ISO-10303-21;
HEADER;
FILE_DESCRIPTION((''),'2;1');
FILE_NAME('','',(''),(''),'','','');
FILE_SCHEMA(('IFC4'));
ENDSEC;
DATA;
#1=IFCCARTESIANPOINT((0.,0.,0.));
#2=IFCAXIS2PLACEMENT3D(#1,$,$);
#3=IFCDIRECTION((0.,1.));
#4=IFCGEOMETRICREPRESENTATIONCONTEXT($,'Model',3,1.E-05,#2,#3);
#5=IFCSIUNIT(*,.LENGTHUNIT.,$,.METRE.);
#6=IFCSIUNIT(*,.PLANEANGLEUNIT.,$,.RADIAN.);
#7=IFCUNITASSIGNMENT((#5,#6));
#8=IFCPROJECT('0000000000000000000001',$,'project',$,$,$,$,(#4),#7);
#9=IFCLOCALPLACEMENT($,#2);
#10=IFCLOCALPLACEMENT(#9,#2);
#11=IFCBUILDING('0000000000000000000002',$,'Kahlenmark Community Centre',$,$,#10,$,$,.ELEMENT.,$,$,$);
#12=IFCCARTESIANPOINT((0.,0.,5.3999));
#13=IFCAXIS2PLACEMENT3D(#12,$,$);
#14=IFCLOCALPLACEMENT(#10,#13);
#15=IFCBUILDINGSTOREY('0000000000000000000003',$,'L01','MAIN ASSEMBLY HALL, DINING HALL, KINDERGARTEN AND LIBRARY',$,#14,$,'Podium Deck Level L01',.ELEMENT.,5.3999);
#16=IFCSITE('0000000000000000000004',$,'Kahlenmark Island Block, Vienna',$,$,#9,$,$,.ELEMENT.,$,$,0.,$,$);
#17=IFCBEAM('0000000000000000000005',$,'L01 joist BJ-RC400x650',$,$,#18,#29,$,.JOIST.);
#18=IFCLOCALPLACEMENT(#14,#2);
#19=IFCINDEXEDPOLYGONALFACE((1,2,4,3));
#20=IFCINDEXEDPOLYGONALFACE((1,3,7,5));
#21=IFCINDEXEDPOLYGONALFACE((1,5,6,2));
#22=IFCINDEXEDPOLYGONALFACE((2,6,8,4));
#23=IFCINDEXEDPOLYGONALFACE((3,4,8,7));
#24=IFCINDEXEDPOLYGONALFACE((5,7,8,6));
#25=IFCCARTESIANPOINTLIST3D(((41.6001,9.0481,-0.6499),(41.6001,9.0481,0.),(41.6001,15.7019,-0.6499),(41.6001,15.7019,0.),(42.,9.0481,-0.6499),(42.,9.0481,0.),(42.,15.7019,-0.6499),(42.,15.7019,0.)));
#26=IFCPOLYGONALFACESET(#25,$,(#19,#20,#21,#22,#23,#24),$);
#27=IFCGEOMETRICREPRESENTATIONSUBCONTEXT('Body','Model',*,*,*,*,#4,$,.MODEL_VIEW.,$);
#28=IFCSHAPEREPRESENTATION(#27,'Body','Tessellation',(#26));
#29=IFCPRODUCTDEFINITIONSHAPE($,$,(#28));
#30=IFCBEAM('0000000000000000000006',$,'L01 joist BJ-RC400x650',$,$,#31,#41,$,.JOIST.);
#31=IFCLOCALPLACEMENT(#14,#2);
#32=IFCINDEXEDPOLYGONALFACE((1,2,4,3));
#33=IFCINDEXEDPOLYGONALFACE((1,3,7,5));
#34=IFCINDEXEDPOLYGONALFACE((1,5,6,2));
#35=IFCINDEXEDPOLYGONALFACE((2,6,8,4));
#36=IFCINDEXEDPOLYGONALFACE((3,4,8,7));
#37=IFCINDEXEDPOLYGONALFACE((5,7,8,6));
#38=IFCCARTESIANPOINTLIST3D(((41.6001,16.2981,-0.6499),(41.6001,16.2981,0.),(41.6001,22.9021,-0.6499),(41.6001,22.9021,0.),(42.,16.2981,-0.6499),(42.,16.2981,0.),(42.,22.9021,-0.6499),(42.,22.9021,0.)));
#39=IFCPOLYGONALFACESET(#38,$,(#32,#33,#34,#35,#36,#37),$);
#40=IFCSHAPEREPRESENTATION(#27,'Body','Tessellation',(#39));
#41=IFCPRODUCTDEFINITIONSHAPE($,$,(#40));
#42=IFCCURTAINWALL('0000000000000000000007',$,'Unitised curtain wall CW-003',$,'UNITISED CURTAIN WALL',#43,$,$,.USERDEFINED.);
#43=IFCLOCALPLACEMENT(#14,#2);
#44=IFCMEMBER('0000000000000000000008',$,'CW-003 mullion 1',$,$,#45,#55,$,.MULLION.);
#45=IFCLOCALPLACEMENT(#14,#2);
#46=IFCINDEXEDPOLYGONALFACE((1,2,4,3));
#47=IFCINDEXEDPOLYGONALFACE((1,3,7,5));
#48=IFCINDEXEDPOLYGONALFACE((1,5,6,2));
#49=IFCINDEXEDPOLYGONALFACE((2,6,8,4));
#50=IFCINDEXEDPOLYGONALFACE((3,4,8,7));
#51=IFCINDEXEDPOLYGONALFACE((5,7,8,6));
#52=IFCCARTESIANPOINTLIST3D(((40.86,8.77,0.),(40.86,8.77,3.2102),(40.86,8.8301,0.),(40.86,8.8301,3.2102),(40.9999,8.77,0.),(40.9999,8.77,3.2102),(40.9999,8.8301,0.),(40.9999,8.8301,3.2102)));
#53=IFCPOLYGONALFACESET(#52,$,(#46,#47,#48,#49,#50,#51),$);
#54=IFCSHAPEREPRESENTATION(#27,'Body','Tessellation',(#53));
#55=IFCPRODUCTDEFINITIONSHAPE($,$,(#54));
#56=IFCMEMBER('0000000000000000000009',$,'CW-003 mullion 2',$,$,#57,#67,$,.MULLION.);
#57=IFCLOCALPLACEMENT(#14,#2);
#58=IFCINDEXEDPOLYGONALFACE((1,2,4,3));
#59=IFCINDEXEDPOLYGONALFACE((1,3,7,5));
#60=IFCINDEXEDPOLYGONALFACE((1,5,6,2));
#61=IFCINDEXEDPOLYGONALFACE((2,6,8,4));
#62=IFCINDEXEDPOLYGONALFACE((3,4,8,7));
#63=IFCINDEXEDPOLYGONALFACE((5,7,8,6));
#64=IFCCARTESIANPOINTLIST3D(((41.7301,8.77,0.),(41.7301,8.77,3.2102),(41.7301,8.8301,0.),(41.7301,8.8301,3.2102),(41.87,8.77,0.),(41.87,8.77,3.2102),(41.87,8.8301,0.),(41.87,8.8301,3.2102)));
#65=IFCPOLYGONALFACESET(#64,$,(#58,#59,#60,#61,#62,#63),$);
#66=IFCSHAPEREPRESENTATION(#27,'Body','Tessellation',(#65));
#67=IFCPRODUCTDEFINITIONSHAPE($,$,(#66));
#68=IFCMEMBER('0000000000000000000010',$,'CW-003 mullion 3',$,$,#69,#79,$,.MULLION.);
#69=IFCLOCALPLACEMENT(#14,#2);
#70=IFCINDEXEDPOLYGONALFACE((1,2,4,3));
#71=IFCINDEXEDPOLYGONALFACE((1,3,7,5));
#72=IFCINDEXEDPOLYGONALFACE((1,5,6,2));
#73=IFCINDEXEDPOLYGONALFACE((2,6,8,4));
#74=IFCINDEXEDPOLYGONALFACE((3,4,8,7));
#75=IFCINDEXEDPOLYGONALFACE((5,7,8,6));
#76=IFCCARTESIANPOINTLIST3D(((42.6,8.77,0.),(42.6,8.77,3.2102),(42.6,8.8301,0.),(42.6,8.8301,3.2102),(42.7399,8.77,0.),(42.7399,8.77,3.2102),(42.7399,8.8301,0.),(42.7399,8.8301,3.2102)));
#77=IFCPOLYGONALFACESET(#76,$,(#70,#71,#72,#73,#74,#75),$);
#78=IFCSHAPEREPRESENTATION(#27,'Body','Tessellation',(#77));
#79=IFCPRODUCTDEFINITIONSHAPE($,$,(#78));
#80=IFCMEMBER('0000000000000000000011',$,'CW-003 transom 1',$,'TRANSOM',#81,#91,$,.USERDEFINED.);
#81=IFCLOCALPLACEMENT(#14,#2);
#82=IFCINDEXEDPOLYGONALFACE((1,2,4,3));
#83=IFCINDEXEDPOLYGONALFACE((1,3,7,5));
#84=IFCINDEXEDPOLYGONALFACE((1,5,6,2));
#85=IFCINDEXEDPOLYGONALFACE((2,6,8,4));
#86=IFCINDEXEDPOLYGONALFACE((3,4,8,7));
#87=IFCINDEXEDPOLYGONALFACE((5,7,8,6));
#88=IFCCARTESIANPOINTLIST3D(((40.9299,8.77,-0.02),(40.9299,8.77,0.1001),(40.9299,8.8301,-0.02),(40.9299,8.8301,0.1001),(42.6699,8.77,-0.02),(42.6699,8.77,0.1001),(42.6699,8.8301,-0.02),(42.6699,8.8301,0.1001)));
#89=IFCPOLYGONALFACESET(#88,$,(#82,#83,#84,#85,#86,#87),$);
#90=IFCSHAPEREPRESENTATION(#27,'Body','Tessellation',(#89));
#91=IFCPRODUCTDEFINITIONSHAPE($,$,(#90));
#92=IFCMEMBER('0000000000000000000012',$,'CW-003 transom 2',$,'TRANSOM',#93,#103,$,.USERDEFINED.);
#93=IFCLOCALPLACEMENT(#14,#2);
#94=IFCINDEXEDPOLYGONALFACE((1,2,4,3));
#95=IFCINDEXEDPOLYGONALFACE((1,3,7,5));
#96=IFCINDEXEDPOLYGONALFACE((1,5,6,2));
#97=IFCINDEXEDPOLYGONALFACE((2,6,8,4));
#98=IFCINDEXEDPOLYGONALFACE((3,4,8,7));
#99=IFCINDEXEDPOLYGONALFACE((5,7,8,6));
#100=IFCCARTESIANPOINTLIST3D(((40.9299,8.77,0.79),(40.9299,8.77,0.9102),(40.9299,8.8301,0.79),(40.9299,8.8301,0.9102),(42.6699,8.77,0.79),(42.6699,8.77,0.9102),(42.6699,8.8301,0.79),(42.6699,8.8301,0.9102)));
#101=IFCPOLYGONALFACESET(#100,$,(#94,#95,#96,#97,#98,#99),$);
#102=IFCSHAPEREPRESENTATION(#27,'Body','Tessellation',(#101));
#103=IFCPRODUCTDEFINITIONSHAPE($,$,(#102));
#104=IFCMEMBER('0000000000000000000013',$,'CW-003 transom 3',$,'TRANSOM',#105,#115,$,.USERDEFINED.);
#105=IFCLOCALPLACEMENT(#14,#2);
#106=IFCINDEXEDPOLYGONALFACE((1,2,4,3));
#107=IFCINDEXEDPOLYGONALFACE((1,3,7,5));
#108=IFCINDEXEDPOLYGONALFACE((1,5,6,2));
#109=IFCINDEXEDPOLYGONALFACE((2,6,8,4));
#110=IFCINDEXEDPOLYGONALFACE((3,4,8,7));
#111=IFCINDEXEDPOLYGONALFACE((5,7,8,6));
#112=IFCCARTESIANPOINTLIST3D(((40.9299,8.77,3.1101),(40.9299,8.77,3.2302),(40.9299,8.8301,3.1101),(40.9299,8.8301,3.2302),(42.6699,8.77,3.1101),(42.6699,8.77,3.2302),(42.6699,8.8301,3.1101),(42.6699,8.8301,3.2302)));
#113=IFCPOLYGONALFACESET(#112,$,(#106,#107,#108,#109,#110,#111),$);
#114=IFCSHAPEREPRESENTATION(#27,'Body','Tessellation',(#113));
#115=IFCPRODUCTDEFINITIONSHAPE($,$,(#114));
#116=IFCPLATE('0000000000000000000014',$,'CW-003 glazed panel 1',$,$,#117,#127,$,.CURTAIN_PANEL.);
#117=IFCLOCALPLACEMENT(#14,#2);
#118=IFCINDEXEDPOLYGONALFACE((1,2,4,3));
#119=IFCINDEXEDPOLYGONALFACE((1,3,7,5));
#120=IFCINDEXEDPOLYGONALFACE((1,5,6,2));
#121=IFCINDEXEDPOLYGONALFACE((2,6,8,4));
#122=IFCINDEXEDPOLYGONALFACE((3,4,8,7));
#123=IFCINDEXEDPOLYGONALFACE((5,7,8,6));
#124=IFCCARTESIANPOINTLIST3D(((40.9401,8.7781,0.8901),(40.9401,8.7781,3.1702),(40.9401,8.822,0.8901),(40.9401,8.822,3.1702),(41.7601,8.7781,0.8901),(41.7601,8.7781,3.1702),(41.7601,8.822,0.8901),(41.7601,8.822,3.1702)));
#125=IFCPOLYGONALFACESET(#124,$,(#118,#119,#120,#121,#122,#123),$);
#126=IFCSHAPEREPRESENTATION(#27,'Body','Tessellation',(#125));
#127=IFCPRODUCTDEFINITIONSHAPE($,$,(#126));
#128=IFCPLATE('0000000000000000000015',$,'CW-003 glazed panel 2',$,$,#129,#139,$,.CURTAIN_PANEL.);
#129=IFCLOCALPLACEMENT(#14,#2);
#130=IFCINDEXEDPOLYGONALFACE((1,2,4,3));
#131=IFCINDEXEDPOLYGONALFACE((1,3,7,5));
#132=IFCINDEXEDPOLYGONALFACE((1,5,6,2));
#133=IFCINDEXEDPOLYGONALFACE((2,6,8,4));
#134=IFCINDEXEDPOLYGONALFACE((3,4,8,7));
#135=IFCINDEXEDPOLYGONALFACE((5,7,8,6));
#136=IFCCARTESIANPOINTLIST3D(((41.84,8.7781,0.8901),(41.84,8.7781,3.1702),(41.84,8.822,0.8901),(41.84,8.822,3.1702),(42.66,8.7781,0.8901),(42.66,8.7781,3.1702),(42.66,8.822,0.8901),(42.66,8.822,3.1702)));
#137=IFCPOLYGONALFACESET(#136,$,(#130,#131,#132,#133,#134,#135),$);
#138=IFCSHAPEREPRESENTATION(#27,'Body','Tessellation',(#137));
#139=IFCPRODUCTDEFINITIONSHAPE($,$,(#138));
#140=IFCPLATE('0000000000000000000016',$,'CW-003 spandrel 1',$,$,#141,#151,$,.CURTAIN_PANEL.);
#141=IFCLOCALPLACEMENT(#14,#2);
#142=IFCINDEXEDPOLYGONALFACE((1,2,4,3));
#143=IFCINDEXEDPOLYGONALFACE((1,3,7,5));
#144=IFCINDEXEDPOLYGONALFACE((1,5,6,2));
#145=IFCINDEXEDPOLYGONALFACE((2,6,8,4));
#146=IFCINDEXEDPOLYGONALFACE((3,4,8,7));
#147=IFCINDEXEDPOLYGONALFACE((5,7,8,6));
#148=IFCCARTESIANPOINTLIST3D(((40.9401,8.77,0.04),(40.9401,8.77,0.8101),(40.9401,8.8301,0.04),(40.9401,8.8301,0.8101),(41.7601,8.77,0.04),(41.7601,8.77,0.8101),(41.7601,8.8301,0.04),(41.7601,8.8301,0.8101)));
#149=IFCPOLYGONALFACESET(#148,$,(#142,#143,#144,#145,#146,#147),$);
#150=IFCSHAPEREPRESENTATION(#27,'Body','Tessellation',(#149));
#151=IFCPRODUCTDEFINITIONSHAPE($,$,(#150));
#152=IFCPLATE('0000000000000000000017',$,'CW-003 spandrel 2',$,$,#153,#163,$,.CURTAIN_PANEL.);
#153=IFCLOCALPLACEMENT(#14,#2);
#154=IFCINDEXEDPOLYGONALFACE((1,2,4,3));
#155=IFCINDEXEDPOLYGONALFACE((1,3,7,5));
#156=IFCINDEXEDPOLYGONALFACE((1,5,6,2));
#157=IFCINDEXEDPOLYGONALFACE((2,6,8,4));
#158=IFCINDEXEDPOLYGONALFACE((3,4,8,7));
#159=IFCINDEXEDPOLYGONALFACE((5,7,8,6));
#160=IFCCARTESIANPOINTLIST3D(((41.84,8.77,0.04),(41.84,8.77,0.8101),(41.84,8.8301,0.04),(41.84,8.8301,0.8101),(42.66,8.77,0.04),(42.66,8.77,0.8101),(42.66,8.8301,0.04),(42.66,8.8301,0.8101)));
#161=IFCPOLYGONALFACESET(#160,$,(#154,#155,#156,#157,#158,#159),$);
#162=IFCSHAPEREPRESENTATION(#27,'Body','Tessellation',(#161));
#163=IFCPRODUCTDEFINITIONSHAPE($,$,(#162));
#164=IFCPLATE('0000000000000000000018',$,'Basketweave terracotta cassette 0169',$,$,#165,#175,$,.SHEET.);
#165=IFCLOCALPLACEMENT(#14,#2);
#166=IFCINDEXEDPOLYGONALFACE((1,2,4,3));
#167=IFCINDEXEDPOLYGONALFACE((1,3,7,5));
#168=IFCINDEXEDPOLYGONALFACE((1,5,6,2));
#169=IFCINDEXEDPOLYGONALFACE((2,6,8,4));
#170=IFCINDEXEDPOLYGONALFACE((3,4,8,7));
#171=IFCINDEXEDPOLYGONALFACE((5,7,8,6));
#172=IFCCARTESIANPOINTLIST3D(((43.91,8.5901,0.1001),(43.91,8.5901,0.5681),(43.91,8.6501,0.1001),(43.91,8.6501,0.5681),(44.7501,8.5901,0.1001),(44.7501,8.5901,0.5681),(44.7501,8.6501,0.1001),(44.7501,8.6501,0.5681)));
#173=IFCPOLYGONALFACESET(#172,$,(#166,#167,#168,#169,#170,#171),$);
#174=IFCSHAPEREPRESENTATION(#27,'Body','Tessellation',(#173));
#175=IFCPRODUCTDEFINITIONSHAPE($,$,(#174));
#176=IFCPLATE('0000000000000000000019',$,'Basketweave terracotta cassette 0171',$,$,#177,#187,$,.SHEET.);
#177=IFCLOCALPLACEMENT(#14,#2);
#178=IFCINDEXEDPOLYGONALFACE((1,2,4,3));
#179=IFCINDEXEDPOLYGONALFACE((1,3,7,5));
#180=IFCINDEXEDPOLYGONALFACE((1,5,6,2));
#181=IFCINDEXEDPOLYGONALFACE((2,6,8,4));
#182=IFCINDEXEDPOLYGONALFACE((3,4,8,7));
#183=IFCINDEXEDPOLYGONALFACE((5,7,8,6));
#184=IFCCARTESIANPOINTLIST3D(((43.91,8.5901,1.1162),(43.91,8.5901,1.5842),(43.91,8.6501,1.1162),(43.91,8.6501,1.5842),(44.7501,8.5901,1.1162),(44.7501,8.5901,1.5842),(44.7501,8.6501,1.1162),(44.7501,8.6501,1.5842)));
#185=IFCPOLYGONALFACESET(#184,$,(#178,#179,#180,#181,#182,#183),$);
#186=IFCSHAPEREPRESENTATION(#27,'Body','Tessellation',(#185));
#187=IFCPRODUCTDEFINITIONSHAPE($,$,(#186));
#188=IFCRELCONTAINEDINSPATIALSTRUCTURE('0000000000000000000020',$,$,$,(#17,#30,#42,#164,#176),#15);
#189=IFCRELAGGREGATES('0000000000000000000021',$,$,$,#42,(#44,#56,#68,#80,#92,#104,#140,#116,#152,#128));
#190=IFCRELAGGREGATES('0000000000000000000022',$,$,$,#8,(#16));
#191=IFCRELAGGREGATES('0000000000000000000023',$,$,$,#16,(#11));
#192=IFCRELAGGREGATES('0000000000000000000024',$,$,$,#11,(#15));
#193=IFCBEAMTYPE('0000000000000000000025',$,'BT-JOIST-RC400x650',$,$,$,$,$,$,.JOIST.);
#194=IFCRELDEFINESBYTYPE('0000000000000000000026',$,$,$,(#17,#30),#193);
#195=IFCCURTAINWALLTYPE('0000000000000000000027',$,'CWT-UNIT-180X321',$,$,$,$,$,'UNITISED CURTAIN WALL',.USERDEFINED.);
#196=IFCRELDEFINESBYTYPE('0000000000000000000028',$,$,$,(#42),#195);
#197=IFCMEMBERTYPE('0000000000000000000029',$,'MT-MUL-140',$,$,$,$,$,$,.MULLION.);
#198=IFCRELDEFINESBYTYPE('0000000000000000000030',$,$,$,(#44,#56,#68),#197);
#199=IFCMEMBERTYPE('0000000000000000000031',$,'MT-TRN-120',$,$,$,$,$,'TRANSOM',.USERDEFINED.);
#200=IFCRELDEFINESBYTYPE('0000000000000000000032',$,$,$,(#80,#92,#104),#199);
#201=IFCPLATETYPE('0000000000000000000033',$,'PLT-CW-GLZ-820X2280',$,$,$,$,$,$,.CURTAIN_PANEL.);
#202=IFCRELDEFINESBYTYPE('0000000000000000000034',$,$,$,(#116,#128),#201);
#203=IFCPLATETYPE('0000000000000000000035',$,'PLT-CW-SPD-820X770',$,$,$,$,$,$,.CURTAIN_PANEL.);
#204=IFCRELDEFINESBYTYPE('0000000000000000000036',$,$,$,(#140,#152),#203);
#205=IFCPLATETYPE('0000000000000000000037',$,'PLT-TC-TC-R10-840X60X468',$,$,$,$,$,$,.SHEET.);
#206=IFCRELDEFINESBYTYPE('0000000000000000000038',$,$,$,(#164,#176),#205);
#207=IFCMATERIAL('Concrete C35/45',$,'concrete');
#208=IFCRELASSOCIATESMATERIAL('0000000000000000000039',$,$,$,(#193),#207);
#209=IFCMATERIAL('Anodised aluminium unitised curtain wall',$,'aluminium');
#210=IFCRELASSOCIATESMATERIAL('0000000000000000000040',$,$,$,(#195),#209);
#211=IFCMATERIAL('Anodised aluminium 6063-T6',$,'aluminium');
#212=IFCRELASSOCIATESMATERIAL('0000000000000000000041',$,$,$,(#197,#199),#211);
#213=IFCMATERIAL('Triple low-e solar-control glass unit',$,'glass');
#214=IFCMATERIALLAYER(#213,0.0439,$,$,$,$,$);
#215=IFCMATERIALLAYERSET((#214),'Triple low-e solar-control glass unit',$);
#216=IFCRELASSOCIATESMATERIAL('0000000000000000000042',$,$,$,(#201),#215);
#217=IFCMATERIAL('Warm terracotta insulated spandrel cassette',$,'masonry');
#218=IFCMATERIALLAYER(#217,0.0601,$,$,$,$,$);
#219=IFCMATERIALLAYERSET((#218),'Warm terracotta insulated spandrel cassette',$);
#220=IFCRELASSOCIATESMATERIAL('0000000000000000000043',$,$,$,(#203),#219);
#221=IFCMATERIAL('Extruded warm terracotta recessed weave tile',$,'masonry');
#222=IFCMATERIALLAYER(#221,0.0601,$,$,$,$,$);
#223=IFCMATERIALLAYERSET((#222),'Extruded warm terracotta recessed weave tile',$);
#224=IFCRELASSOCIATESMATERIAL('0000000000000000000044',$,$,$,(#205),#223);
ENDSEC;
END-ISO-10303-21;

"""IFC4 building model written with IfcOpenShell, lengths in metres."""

from ifc_helpers import new_model, si_unit, direction, frame, origin, origin_2d, place, context, subcontext, project, spatial, rectangle, extrude, material, layer, layer_set, material_profile, profile_set, type_object, element, aggregate, save


model = new_model("IFC4")

# Units and contexts
model_context = context("Model", 3, precision=1e-05, world=origin(), true_north=direction((0.0, 1.0)))
body_context = subcontext(model_context, "Body", "Model", "MODEL_VIEW")
ifc_project = project(units=[si_unit("LENGTHUNIT", "METRE"), si_unit("PLANEANGLEUNIT", "RADIAN")], contexts=[model_context])

# Site, building, storey
site_placement = place(None, origin())
site = spatial("IfcSite", under=ifc_project, at=site_placement, Name="Kahlenmark Island Block, Vienna", CompositionType="ELEMENT", RefElevation=0.0)
building_placement = place(site_placement, origin())
building = spatial("IfcBuilding", under=site, at=building_placement, Name="Kahlenmark Community Centre", CompositionType="ELEMENT")
storey_placement = place(building_placement, frame((0.0, 0.0, 5.3999)))
storey = spatial("IfcBuildingStorey", under=building, at=storey_placement, Name="L01", Description="MAIN ASSEMBLY HALL, DINING HALL, KINDERGARTEN AND LIBRARY", LongName="Podium Deck Level L01", CompositionType="ELEMENT", Elevation=5.3999)

# Beams
ifc_material_1 = material(Name="Concrete C35/45", Category="concrete")
ifc_material_profile_1 = material_profile(ifc_material_1, rectangle(XDim=0.3999, YDim=0.6499, at=origin_2d()), Name="RC 400x650")
ifc_profile_set_1 = profile_set([ifc_material_profile_1], Name="Concrete C35/45")
beam_type = type_object("IfcBeamType", Name="BT-JOIST-RC400x650", PredefinedType="JOIST", material=ifc_profile_set_1)
beam_1_placement = place(storey_placement, frame((41.8, 9.0481, -0.325), z_axis=(0.0, 1.0, 0.0), x_axis=(-1.0, 0.0, 0.0)))
element("IfcBeam", 1, at=beam_1_placement, inside=storey, type_object=beam_type, Name="L01 joist BJ-RC400x650", PredefinedType="JOIST", context=body_context, shape_type="SweptSolid", body=[
    extrude(rectangle(XDim=0.3999, YDim=0.6499, at=origin_2d()), origin(), (0.0, 0.0, 1.0), 6.6538),
])
beam_2_placement = place(storey_placement, frame((41.8, 16.2981, -0.325), z_axis=(0.0, 1.0, 0.0), x_axis=(-1.0, 0.0, 0.0)))
element("IfcBeam", 2, at=beam_2_placement, inside=storey, type_object=beam_type, Name="L01 joist BJ-RC400x650", PredefinedType="JOIST", context=body_context, shape_type="SweptSolid", body=[
    extrude(rectangle(XDim=0.3999, YDim=0.6499, at=origin_2d()), origin(), (0.0, 0.0, 1.0), 6.604),
])

# Curtain wall, members, plates
ifc_material_2 = material(Name="Anodised aluminium unitised curtain wall", Category="aluminium")
curtain_wall_type = type_object("IfcCurtainWallType", Name="CWT-UNIT-180X321", ElementType="UNITISED CURTAIN WALL", PredefinedType="USERDEFINED", material=ifc_material_2)
curtain_wall_placement = place(storey_placement, origin())
curtain_wall = element("IfcCurtainWall", 3, at=curtain_wall_placement, inside=storey, type_object=curtain_wall_type, Name="Unitised curtain wall CW-003", ObjectType="UNITISED CURTAIN WALL", PredefinedType="USERDEFINED")
ifc_material_3 = material(Name="Anodised aluminium 6063-T6", Category="aluminium")
ifc_material_profile_2 = material_profile(ifc_material_3, rectangle(XDim=0.0601, YDim=0.1399, at=origin_2d()), Name="ALU MULLION 60x140")
ifc_profile_set_2 = profile_set([ifc_material_profile_2], Name="Anodised aluminium 6063-T6")
member_type_1 = type_object("IfcMemberType", Name="MT-MUL-140", PredefinedType="MULLION", material=ifc_profile_set_2)
member_1_placement = place(storey_placement, frame((40.9299, 8.8, 0.0), z_axis=(0.0, 0.0, 1.0), x_axis=(0.0, 1.0, 0.0)))
member_1 = element("IfcMember", 4, at=member_1_placement, type_object=member_type_1, Name="CW-003 mullion 1", PredefinedType="MULLION", context=body_context, shape_type="SweptSolid", body=[
    extrude(rectangle(XDim=0.0601, YDim=0.1399, at=origin_2d()), origin(), (0.0, 0.0, 1.0), 3.2102),
])
member_2_placement = place(storey_placement, frame((41.8, 8.8, 0.0), z_axis=(0.0, 0.0, 1.0), x_axis=(0.0, 1.0, 0.0)))
member_2 = element("IfcMember", 5, at=member_2_placement, type_object=member_type_1, Name="CW-003 mullion 2", PredefinedType="MULLION", context=body_context, shape_type="SweptSolid", body=[
    extrude(rectangle(XDim=0.0601, YDim=0.1399, at=origin_2d()), origin(), (0.0, 0.0, 1.0), 3.2102),
])
member_3_placement = place(storey_placement, frame((42.6699, 8.8, 0.0), z_axis=(0.0, 0.0, 1.0), x_axis=(0.0, 1.0, 0.0)))
member_3 = element("IfcMember", 6, at=member_3_placement, type_object=member_type_1, Name="CW-003 mullion 3", PredefinedType="MULLION", context=body_context, shape_type="SweptSolid", body=[
    extrude(rectangle(XDim=0.0601, YDim=0.1399, at=origin_2d()), origin(), (0.0, 0.0, 1.0), 3.2102),
])
ifc_material_profile_3 = material_profile(ifc_material_3, rectangle(XDim=0.0601, YDim=0.1201, at=origin_2d()), Name="ALU TRANSOM 60x120")
ifc_profile_set_3 = profile_set([ifc_material_profile_3], Name="Anodised aluminium 6063-T6")
member_type_2 = type_object("IfcMemberType", Name="MT-TRN-120", ElementType="TRANSOM", PredefinedType="USERDEFINED", material=ifc_profile_set_3)
member_4_placement = place(storey_placement, frame((40.9299, 8.8, 0.04), z_axis=(1.0, 0.0, 0.0), x_axis=(0.0, 1.0, 0.0)))
member_4 = element("IfcMember", 7, at=member_4_placement, type_object=member_type_2, Name="CW-003 transom 1", ObjectType="TRANSOM", PredefinedType="USERDEFINED", context=body_context, shape_type="SweptSolid", body=[
    extrude(rectangle(XDim=0.0601, YDim=0.1201, at=origin_2d()), origin(), (0.0, 0.0, 1.0), 1.74),
])
member_5_placement = place(storey_placement, frame((40.9299, 8.8, 0.8501), z_axis=(1.0, 0.0, 0.0), x_axis=(0.0, 1.0, 0.0)))
member_5 = element("IfcMember", 8, at=member_5_placement, type_object=member_type_2, Name="CW-003 transom 2", ObjectType="TRANSOM", PredefinedType="USERDEFINED", context=body_context, shape_type="SweptSolid", body=[
    extrude(rectangle(XDim=0.0601, YDim=0.1201, at=origin_2d()), origin(), (0.0, 0.0, 1.0), 1.74),
])
member_6_placement = place(storey_placement, frame((40.9299, 8.8, 3.1702), z_axis=(1.0, 0.0, 0.0), x_axis=(0.0, 1.0, 0.0)))
member_6 = element("IfcMember", 9, at=member_6_placement, type_object=member_type_2, Name="CW-003 transom 3", ObjectType="TRANSOM", PredefinedType="USERDEFINED", context=body_context, shape_type="SweptSolid", body=[
    extrude(rectangle(XDim=0.0601, YDim=0.1201, at=origin_2d()), origin(), (0.0, 0.0, 1.0), 1.74),
])
ifc_material_4 = material(Name="Triple low-e solar-control glass unit", Category="glass")
ifc_layer_1 = layer(ifc_material_4, 0.0439)
ifc_layer_set_1 = layer_set([ifc_layer_1], Name="Triple low-e solar-control glass unit")
plate_type_1 = type_object("IfcPlateType", Name="PLT-CW-GLZ-820X2280", PredefinedType="CURTAIN_PANEL", material=ifc_layer_set_1)
plate_1_placement = place(storey_placement, frame((41.3501, 8.8, 0.8901), z_axis=(0.0, 0.0, 1.0), x_axis=(1.0, 0.0, 0.0)))
plate_1 = element("IfcPlate", 10, at=plate_1_placement, type_object=plate_type_1, Name="CW-003 glazed panel 1", PredefinedType="CURTAIN_PANEL", context=body_context, shape_type="SweptSolid", body=[
    extrude(rectangle(XDim=0.8201, YDim=0.0439, at=origin_2d()), origin(), (0.0, 0.0, 1.0), 2.28),
])
plate_2_placement = place(storey_placement, frame((42.25, 8.8, 0.8901), z_axis=(0.0, 0.0, 1.0), x_axis=(1.0, 0.0, 0.0)))
plate_2 = element("IfcPlate", 11, at=plate_2_placement, type_object=plate_type_1, Name="CW-003 glazed panel 2", PredefinedType="CURTAIN_PANEL", context=body_context, shape_type="SweptSolid", body=[
    extrude(rectangle(XDim=0.8201, YDim=0.0439, at=origin_2d()), origin(), (0.0, 0.0, 1.0), 2.28),
])
ifc_material_5 = material(Name="Warm terracotta insulated spandrel cassette", Category="masonry")
ifc_layer_2 = layer(ifc_material_5, 0.0601)
ifc_layer_set_2 = layer_set([ifc_layer_2], Name="Warm terracotta insulated spandrel cassette")
plate_type_2 = type_object("IfcPlateType", Name="PLT-CW-SPD-820X770", PredefinedType="CURTAIN_PANEL", material=ifc_layer_set_2)
plate_3_placement = place(storey_placement, frame((41.3501, 8.8, 0.04), z_axis=(0.0, 0.0, 1.0), x_axis=(1.0, 0.0, 0.0)))
plate_3 = element("IfcPlate", 12, at=plate_3_placement, type_object=plate_type_2, Name="CW-003 spandrel 1", PredefinedType="CURTAIN_PANEL", context=body_context, shape_type="SweptSolid", body=[
    extrude(rectangle(XDim=0.8201, YDim=0.0601, at=origin_2d()), origin(), (0.0, 0.0, 1.0), 0.77),
])
plate_4_placement = place(storey_placement, frame((42.25, 8.8, 0.04), z_axis=(0.0, 0.0, 1.0), x_axis=(1.0, 0.0, 0.0)))
plate_4 = element("IfcPlate", 13, at=plate_4_placement, type_object=plate_type_2, Name="CW-003 spandrel 2", PredefinedType="CURTAIN_PANEL", context=body_context, shape_type="SweptSolid", body=[
    extrude(rectangle(XDim=0.8201, YDim=0.0601, at=origin_2d()), origin(), (0.0, 0.0, 1.0), 0.77),
])
aggregate(curtain_wall, [member_1, member_2, member_3, member_4, member_5, member_6, plate_3, plate_1, plate_4, plate_2])

# Plates
ifc_material_6 = material(Name="Extruded warm terracotta recessed weave tile", Category="masonry")
ifc_layer_3 = layer(ifc_material_6, 0.0601)
ifc_layer_set_3 = layer_set([ifc_layer_3], Name="Extruded warm terracotta recessed weave tile")
plate_type_3 = type_object("IfcPlateType", Name="PLT-TC-TC-R10-840X60X468", PredefinedType="SHEET", material=ifc_layer_set_3)
for number, where, z_axis, x_axis, name in (
    (14, (44.3301, 8.6201, 0.1001), (0.0, 0.0, 1.0), (1.0, 0.0, 0.0), "Basketweave terracotta cassette 0169"),
    (15, (44.3301, 8.6201, 1.1162), (0.0, 0.0, 1.0), (1.0, 0.0, 0.0), "Basketweave terracotta cassette 0171"),
):
    element("IfcPlate", number, at=place(storey_placement, frame(where, z_axis=z_axis, x_axis=x_axis)), inside=storey, type_object=plate_type_3, Name=name, PredefinedType="SHEET", context=body_context, shape_type="SweptSolid", body=[
        extrude(rectangle(XDim=0.8401, YDim=0.0601, at=origin_2d()), origin(), (0.0, 0.0, 1.0), 0.468),
    ])

save(model, "model.ifc")
